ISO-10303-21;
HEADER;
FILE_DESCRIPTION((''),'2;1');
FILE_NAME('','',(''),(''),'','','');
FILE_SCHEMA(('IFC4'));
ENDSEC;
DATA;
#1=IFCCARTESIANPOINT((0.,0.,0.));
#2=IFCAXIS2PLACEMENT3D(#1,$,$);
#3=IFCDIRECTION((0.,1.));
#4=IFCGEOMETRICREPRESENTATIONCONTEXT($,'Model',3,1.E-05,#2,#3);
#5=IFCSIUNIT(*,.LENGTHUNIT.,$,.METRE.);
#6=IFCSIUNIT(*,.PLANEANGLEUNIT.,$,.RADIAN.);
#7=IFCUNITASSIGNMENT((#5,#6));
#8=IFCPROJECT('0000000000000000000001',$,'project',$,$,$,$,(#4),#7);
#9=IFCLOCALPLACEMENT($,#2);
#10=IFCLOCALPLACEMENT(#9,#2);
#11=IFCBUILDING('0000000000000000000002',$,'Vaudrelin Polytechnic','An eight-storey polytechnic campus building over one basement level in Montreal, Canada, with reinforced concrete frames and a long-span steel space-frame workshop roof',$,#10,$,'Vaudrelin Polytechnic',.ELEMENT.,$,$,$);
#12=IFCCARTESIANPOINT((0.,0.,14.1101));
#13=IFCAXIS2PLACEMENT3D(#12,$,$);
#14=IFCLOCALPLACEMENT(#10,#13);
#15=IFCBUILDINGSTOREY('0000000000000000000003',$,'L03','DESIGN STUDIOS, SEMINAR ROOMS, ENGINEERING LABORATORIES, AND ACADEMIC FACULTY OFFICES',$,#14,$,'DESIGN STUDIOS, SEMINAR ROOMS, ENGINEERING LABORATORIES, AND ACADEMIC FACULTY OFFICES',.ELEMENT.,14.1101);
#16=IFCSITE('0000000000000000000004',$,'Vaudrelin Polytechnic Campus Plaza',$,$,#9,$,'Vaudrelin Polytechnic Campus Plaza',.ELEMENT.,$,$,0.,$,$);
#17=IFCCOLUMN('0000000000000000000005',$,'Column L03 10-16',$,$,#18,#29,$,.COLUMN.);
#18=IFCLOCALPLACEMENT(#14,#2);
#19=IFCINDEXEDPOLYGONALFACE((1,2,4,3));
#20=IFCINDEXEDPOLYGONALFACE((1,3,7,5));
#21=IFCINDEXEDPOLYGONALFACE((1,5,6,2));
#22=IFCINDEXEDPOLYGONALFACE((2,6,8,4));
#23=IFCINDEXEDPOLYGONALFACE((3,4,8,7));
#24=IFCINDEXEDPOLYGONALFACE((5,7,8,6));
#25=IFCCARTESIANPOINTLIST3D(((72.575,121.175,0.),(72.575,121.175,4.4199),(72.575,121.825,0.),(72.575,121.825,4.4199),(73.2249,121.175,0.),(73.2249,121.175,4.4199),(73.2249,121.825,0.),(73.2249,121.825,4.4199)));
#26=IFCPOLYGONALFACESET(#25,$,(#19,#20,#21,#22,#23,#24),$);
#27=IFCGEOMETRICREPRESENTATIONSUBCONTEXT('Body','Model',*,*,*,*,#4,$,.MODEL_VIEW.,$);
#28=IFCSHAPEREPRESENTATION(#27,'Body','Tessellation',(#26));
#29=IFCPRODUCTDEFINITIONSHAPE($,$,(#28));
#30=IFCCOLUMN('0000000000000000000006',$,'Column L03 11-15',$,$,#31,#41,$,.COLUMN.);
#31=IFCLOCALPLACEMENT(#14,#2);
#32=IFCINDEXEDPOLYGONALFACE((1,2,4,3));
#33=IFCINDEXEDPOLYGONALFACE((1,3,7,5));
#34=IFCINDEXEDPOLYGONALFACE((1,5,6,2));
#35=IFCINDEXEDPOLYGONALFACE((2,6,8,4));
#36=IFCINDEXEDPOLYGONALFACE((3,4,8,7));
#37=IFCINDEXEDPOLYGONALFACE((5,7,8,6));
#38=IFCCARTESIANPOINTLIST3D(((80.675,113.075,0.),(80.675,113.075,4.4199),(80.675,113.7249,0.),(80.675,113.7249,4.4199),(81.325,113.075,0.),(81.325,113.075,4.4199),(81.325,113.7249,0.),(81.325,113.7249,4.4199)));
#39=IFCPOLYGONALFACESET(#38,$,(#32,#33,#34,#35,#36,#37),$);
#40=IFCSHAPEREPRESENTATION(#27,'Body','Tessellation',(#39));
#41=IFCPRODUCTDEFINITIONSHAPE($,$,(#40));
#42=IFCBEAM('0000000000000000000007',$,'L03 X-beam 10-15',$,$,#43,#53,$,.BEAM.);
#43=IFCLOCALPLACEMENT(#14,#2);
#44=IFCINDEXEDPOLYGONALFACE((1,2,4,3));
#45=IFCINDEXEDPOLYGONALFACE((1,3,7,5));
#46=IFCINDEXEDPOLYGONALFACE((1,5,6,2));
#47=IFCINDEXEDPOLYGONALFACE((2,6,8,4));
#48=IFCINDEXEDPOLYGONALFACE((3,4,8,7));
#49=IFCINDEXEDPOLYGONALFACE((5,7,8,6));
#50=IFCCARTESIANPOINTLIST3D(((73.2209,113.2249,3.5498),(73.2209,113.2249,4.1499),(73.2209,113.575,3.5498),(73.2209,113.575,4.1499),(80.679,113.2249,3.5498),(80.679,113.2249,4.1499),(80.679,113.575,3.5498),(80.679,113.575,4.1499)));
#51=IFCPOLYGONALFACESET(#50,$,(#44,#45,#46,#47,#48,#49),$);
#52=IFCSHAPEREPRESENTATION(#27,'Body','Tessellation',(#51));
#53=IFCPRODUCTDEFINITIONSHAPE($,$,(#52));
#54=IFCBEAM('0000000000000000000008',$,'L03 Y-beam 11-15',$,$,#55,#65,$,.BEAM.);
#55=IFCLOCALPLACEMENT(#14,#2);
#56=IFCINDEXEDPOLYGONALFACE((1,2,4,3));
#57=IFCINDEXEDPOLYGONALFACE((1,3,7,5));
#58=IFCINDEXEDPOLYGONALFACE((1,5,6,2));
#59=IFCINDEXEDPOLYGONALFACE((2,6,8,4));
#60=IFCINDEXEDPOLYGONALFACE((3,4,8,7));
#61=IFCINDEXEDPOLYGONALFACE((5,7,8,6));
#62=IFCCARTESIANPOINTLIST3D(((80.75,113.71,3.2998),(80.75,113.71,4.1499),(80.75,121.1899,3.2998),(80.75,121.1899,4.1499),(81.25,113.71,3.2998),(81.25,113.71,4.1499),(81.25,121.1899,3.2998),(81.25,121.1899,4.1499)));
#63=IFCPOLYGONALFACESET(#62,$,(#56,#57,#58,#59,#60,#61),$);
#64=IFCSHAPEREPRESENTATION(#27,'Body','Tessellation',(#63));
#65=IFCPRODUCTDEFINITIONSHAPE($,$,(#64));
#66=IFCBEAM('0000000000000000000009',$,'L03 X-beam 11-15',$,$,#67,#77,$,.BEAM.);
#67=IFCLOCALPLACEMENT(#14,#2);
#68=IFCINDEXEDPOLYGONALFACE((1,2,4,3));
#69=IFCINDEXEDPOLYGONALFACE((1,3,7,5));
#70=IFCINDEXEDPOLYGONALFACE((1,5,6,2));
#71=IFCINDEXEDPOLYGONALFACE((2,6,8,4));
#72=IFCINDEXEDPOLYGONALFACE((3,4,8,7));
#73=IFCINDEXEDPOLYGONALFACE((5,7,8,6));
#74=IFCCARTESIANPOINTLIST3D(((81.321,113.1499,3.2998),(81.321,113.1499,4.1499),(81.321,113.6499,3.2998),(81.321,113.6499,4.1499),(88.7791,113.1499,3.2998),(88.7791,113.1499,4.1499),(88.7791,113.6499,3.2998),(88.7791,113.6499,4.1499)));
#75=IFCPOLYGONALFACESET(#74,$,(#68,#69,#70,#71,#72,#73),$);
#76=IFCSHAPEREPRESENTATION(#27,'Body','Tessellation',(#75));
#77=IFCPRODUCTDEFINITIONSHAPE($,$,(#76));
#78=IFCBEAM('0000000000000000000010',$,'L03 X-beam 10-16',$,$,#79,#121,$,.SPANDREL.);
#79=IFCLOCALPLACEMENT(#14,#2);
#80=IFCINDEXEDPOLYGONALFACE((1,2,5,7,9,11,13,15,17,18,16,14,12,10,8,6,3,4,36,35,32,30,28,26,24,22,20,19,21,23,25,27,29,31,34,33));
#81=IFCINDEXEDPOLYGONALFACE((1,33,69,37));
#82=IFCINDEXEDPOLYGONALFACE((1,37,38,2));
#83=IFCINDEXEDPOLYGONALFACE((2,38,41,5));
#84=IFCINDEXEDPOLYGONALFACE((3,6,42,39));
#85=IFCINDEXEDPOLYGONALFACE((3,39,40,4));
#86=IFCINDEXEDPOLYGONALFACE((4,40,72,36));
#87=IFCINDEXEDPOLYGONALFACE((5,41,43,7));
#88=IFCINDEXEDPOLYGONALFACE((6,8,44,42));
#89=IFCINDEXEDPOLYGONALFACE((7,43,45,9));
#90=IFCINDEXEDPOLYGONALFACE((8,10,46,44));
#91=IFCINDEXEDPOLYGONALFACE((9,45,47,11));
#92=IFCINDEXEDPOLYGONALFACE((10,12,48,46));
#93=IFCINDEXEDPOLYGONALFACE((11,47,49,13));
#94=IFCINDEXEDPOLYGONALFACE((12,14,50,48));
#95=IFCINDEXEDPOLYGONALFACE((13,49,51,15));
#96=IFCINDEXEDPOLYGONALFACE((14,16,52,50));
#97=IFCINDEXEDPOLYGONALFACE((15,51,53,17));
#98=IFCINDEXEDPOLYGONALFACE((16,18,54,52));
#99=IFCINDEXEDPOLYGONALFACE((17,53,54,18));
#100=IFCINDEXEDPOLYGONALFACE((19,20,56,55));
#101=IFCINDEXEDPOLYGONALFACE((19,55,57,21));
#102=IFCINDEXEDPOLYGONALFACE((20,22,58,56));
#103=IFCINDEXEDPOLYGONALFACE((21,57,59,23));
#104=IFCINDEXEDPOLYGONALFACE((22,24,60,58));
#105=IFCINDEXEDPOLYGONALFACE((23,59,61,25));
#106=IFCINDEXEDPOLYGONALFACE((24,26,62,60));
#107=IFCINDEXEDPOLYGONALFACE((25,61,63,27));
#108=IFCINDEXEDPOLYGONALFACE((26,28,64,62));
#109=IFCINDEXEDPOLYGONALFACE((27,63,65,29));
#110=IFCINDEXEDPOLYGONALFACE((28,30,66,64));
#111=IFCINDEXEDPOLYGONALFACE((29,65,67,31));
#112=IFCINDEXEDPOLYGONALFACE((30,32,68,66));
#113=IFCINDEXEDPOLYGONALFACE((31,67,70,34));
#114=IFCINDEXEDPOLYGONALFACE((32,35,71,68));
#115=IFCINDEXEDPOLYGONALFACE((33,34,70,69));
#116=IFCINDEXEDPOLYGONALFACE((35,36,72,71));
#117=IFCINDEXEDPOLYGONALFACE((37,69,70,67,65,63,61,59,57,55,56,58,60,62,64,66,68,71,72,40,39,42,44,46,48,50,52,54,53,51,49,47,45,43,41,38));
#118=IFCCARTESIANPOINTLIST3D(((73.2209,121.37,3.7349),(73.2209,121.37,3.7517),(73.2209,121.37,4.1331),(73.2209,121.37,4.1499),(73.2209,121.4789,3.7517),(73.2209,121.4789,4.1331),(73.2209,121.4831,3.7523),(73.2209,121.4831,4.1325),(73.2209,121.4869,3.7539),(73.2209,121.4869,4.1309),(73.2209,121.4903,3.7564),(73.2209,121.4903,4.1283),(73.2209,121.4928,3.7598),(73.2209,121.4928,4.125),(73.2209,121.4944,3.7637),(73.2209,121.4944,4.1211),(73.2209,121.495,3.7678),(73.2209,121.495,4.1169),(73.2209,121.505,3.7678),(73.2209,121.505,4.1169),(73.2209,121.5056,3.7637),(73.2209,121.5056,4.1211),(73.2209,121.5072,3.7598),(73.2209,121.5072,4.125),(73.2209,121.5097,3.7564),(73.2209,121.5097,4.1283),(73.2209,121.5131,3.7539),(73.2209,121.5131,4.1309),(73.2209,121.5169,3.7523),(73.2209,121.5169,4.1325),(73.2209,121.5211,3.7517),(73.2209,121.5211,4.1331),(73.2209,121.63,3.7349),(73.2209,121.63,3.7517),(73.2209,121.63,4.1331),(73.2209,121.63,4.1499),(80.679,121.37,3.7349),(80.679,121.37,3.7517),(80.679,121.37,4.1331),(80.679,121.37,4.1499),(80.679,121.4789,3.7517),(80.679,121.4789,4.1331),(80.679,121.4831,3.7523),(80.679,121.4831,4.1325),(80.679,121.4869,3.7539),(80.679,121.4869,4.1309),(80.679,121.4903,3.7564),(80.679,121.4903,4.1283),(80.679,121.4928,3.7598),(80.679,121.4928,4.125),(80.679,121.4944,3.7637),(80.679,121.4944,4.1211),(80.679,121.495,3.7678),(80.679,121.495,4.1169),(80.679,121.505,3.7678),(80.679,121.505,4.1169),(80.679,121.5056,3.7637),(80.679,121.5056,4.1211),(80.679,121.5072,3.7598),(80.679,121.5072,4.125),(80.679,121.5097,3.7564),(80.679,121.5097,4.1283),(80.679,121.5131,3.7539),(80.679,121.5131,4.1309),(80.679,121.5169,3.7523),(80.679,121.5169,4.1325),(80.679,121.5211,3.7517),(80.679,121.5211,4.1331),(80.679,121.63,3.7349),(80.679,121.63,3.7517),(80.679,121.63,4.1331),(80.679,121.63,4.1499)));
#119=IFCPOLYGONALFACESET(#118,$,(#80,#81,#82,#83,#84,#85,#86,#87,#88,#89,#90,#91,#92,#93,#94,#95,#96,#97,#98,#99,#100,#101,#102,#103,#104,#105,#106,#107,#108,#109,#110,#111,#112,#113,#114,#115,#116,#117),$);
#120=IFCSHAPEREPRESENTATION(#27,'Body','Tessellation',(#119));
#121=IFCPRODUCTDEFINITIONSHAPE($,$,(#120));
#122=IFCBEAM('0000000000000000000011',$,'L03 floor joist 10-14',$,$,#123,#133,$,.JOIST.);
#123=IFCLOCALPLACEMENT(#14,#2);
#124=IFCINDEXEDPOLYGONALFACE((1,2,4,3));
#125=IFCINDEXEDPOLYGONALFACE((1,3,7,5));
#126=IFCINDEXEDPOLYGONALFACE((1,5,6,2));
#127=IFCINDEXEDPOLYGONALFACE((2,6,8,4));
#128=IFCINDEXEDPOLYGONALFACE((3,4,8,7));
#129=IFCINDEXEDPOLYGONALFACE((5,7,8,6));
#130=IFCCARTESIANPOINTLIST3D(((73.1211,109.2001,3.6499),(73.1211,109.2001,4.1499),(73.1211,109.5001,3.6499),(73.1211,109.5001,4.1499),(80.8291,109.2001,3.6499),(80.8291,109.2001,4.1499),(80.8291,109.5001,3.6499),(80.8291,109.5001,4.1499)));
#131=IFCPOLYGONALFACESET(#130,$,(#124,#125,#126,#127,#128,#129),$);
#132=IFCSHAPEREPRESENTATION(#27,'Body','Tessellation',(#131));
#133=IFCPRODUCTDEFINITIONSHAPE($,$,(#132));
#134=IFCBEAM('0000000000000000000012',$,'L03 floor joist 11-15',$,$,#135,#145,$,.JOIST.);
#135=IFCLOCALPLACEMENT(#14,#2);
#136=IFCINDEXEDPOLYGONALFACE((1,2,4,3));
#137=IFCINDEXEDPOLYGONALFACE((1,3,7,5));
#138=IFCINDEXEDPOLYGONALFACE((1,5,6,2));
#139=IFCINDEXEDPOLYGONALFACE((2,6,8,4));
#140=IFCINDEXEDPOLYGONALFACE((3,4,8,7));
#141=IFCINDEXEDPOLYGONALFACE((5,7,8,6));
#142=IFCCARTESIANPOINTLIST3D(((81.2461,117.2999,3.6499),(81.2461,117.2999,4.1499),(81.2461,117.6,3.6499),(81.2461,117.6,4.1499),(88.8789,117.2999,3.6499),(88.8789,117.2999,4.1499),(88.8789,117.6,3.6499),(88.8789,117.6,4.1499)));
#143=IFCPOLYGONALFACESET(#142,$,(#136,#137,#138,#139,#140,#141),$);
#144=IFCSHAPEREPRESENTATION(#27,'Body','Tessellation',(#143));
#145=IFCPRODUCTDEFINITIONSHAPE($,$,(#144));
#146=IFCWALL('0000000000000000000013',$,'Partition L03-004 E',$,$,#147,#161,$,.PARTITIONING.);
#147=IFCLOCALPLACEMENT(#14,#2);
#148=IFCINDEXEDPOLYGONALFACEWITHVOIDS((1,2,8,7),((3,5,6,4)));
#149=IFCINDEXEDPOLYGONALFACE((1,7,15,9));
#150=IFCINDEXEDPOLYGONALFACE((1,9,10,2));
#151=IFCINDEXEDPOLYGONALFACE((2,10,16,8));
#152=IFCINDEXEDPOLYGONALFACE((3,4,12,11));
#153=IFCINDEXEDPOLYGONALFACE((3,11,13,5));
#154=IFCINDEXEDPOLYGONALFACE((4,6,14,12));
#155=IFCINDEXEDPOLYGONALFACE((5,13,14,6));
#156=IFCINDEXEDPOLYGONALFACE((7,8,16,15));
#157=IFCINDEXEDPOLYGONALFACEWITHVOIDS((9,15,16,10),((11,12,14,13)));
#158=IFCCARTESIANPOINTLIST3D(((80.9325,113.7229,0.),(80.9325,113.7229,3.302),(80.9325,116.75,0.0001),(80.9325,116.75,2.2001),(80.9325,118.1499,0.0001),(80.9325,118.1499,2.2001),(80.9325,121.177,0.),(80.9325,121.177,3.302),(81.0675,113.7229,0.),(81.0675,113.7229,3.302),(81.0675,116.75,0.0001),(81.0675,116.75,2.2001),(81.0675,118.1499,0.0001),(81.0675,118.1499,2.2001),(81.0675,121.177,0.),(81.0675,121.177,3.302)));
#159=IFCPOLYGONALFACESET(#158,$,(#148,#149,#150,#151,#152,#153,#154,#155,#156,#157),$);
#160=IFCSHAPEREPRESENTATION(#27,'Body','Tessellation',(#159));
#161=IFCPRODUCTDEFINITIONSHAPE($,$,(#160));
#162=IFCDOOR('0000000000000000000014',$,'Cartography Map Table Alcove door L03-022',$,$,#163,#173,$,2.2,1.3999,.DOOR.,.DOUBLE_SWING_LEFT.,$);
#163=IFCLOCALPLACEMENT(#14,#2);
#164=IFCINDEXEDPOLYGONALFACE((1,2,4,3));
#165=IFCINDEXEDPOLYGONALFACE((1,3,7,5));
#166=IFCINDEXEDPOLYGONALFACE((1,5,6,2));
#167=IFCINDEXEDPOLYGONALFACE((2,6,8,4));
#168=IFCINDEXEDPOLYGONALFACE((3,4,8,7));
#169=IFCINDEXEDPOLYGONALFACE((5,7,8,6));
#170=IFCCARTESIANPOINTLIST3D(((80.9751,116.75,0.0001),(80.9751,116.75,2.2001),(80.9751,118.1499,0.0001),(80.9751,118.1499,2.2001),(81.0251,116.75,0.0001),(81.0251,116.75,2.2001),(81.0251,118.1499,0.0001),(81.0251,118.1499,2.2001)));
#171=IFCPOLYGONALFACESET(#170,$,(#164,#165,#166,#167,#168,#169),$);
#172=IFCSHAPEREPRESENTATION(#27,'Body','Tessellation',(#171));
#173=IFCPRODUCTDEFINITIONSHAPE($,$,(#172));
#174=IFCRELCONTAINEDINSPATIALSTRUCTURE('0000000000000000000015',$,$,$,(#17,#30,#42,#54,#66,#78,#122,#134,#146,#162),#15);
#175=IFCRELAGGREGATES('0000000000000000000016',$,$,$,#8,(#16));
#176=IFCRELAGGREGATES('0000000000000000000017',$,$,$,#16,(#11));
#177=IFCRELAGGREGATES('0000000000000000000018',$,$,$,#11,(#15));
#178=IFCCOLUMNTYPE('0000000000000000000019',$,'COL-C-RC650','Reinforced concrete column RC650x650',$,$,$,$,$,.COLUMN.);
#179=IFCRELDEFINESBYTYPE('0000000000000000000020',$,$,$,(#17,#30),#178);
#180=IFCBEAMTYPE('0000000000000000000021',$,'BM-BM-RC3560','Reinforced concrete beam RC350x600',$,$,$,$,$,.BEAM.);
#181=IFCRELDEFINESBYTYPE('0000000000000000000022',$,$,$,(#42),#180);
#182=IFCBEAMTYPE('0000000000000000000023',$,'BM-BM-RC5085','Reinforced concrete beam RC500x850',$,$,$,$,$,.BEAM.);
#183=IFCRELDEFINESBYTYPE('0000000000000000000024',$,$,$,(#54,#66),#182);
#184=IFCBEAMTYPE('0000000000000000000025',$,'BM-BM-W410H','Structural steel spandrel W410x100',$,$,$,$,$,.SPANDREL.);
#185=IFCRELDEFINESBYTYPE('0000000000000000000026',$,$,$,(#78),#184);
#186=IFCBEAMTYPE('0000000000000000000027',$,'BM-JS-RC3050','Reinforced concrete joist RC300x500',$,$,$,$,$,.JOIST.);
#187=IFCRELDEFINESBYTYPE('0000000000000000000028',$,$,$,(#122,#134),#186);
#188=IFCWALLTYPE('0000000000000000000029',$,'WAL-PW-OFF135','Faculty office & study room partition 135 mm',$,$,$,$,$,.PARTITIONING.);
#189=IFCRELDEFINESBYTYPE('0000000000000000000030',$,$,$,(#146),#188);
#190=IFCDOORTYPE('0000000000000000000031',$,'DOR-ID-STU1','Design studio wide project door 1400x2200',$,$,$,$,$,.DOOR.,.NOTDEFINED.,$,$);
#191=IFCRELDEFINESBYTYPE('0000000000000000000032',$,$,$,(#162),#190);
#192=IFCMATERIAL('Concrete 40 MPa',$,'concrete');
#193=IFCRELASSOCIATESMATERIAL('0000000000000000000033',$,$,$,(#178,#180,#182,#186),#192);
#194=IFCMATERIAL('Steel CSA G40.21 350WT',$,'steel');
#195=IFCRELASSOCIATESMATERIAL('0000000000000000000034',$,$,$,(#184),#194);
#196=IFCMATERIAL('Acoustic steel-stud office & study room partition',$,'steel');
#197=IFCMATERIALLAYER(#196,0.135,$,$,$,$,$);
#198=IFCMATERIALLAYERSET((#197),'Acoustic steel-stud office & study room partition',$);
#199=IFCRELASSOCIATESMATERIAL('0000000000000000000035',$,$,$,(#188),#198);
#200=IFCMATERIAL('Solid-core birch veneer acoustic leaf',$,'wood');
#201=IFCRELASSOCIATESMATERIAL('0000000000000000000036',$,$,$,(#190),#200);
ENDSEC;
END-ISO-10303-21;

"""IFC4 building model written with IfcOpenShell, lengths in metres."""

from ifc_helpers import new_model, si_unit, direction, frame, frame_2d, origin, origin_2d, place, context, subcontext, project, spatial, rectangle, i_section, extrude, material, layer, layer_set, material_profile, profile_set, type_object, element, fill, save


model = new_model("IFC4")

# Units and contexts
model_context = context("Model", 3, precision=1e-05, world=origin(), true_north=direction((0.0, 1.0)))
body_context = subcontext(model_context, "Body", "Model", "MODEL_VIEW")
ifc_project = project(units=[si_unit("LENGTHUNIT", "METRE"), si_unit("PLANEANGLEUNIT", "RADIAN")], contexts=[model_context])

# Site, building, storey
site_placement = place(None, origin())
site = spatial("IfcSite", under=ifc_project, at=site_placement, Name="Vaudrelin Polytechnic Campus Plaza", LongName="Vaudrelin Polytechnic Campus Plaza", CompositionType="ELEMENT", RefElevation=0.0)
building_placement = place(site_placement, origin())
building = spatial("IfcBuilding", under=site, at=building_placement, Name="Vaudrelin Polytechnic", Description="An eight-storey polytechnic campus building over one basement level in Montreal, Canada, with reinforced concrete frames and a long-span steel space-frame workshop roof", LongName="Vaudrelin Polytechnic", CompositionType="ELEMENT")
storey_placement = place(building_placement, frame((0.0, 0.0, 14.1101)))
storey = spatial("IfcBuildingStorey", under=building, at=storey_placement, Name="L03", Description="DESIGN STUDIOS, SEMINAR ROOMS, ENGINEERING LABORATORIES, AND ACADEMIC FACULTY OFFICES", LongName="DESIGN STUDIOS, SEMINAR ROOMS, ENGINEERING LABORATORIES, AND ACADEMIC FACULTY OFFICES", CompositionType="ELEMENT", Elevation=14.1101)

# Columns
ifc_material_1 = material(Name="Concrete 40 MPa", Category="concrete")
ifc_material_profile_1 = material_profile(ifc_material_1, rectangle(XDim=0.6499, YDim=0.6499, at=origin_2d()), Name="RC650x650")
ifc_profile_set_1 = profile_set([ifc_material_profile_1], Name="Concrete 40 MPa")
column_type = type_object("IfcColumnType", Name="COL-C-RC650", Description="Reinforced concrete column RC650x650", PredefinedType="COLUMN", material=ifc_profile_set_1)
for number, where, z_axis, x_axis, name in (
    (1, (72.8999, 121.5, 0.0), (0.0, 0.0, 1.0), (1.0, 0.0, 0.0), "Column L03 10-16"),
    (2, (81.0, 113.3999, 0.0), (0.0, 0.0, 1.0), (1.0, 0.0, 0.0), "Column L03 11-15"),
):
    element("IfcColumn", number, at=place(storey_placement, frame(where, z_axis=z_axis, x_axis=x_axis)), inside=storey, type_object=column_type, Name=name, PredefinedType="COLUMN", context=body_context, shape_type="SweptSolid", body=[
        extrude(rectangle(XDim=0.6499, YDim=0.6499, at=origin_2d()), origin(), (0.0, 0.0, 1.0), 4.4199),
    ])

# Beams
ifc_material_profile_2 = material_profile(ifc_material_1, rectangle(XDim=0.3501, YDim=0.6001, at=origin_2d()), Name="RC350x600")
ifc_profile_set_2 = profile_set([ifc_material_profile_2], Name="Concrete 40 MPa")
beam_type_1 = type_object("IfcBeamType", Name="BM-BM-RC3560", Description="Reinforced concrete beam RC350x600", PredefinedType="BEAM", material=ifc_profile_set_2)
beam_1_placement = place(storey_placement, frame((73.2209, 113.3999, 3.8499), z_axis=(1.0, 0.0, 0.0), x_axis=(0.0, 1.0, 0.0)))
element("IfcBeam", 3, at=beam_1_placement, inside=storey, type_object=beam_type_1, Name="L03 X-beam 10-15", PredefinedType="BEAM", context=body_context, shape_type="SweptSolid", body=[
    extrude(rectangle(XDim=0.3501, YDim=0.6001, at=origin_2d()), origin(), (0.0, 0.0, 1.0), 7.458),
])
ifc_material_profile_3 = material_profile(ifc_material_1, rectangle(XDim=0.5, YDim=0.8501, at=origin_2d()), Name="RC500x850")
ifc_profile_set_3 = profile_set([ifc_material_profile_3], Name="Concrete 40 MPa")
beam_type_2 = type_object("IfcBeamType", Name="BM-BM-RC5085", Description="Reinforced concrete beam RC500x850", PredefinedType="BEAM", material=ifc_profile_set_3)
beam_2_placement = place(storey_placement, frame((81.0, 113.71, 3.7249), z_axis=(0.0, 1.0, 0.0), x_axis=(-1.0, 0.0, 0.0)))
element("IfcBeam", 4, at=beam_2_placement, inside=storey, type_object=beam_type_2, Name="L03 Y-beam 11-15", PredefinedType="BEAM", context=body_context, shape_type="SweptSolid", body=[
    extrude(rectangle(XDim=0.5, YDim=0.8501, at=origin_2d()), origin(), (0.0, 0.0, 1.0), 7.48),
])
beam_3_placement = place(storey_placement, frame((81.321, 113.3999, 3.7249), z_axis=(1.0, 0.0, 0.0), x_axis=(0.0, 1.0, 0.0)))
element("IfcBeam", 5, at=beam_3_placement, inside=storey, type_object=beam_type_2, Name="L03 X-beam 11-15", PredefinedType="BEAM", context=body_context, shape_type="SweptSolid", body=[
    extrude(rectangle(XDim=0.5, YDim=0.8501, at=origin_2d()), origin(), (0.0, 0.0, 1.0), 7.458),
])
ifc_material_2 = material(Name="Steel CSA G40.21 350WT", Category="steel")
ifc_material_profile_4 = material_profile(ifc_material_2, i_section(OverallWidth=0.26, OverallDepth=0.415, WebThickness=0.01, FlangeThickness=0.0168, FilletRadius=0.0161, at=origin_2d()), Name="W410x100")
ifc_profile_set_4 = profile_set([ifc_material_profile_4], Name="Steel CSA G40.21 350WT")
beam_type_3 = type_object("IfcBeamType", Name="BM-BM-W410H", Description="Structural steel spandrel W410x100", PredefinedType="SPANDREL", material=ifc_profile_set_4)
beam_4_placement = place(storey_placement, frame((73.2209, 121.5, 3.9424), z_axis=(1.0, 0.0, 0.0), x_axis=(0.0, 1.0, 0.0)))
element("IfcBeam", 6, at=beam_4_placement, inside=storey, type_object=beam_type_3, Name="L03 X-beam 10-16", PredefinedType="SPANDREL", context=body_context, shape_type="SweptSolid", body=[
    extrude(i_section(OverallWidth=0.26, OverallDepth=0.415, WebThickness=0.01, FlangeThickness=0.0168, FilletRadius=0.0161, at=origin_2d()), origin(), (0.0, 0.0, 1.0), 7.458),
])
ifc_material_profile_5 = material_profile(ifc_material_1, rectangle(XDim=0.3, YDim=0.5, at=origin_2d()), Name="RC300x500")
ifc_profile_set_5 = profile_set([ifc_material_profile_5], Name="Concrete 40 MPa")
beam_type_4 = type_object("IfcBeamType", Name="BM-JS-RC3050", Description="Reinforced concrete joist RC300x500", PredefinedType="JOIST", material=ifc_profile_set_5)
beam_5_placement = place(storey_placement, frame((73.1211, 109.3501, 3.8999), z_axis=(1.0, 0.0, 0.0), x_axis=(0.0, 1.0, 0.0)))
element("IfcBeam", 7, at=beam_5_placement, inside=storey, type_object=beam_type_4, Name="L03 floor joist 10-14", PredefinedType="JOIST", context=body_context, shape_type="SweptSolid", body=[
    extrude(rectangle(XDim=0.3, YDim=0.5, at=origin_2d()), origin(), (0.0, 0.0, 1.0), 7.708),
])
beam_6_placement = place(storey_placement, frame((81.2461, 117.45, 3.8999), z_axis=(1.0, 0.0, 0.0), x_axis=(0.0, 1.0, 0.0)))
element("IfcBeam", 8, at=beam_6_placement, inside=storey, type_object=beam_type_4, Name="L03 floor joist 11-15", PredefinedType="JOIST", context=body_context, shape_type="SweptSolid", body=[
    extrude(rectangle(XDim=0.3, YDim=0.5, at=origin_2d()), origin(), (0.0, 0.0, 1.0), 7.6328),
])

# Wall, opening, door
ifc_material_3 = material(Name="Acoustic steel-stud office & study room partition", Category="steel")
ifc_layer_1 = layer(ifc_material_3, 0.135)
ifc_layer_set_1 = layer_set([ifc_layer_1], Name="Acoustic steel-stud office & study room partition")
wall_type_1 = type_object("IfcWallType", Name="WAL-PW-OFF135", Description="Faculty office & study room partition 135 mm", PredefinedType="PARTITIONING", material=ifc_layer_set_1)
wall_1_placement = place(storey_placement, frame((81.0, 113.7229, 0.0), z_axis=(0.0, 0.0, 1.0), x_axis=(0.0, 1.0, 0.0)))
wall_1 = element("IfcWall", 9, at=wall_1_placement, inside=storey, type_object=wall_type_1, Name="Partition L03-004 E", PredefinedType="PARTITIONING", context=body_context, shape_type="SweptSolid", body=[
    extrude(rectangle(XDim=7.4541, YDim=0.135, at=frame_2d((3.7271, 0.0))), origin(), (0.0, 0.0, 1.0), 3.302),
])
opening_1_placement = place(wall_1_placement, frame((3.0271, 0.0, 0.0)))
opening_1 = element("IfcOpeningElement", 10, at=opening_1_placement, cuts=wall_1, PredefinedType="OPENING", context=body_context, shape_type="SweptSolid", body=[
    extrude(rectangle(XDim=1.3999, YDim=2.2, at=frame_2d((0.7, 1.1001))), frame((0.0, 0.0776, 0.0), z_axis=(0.0, -1.0, 0.0), x_axis=(1.0, 0.0, 0.0)), (0.0, 0.0, 1.0), 0.155),
])
ifc_material_4 = material(Name="Solid-core birch veneer acoustic leaf", Category="wood")
door_type_1 = type_object("IfcDoorType", Name="DOR-ID-STU1", Description="Design studio wide project door 1400x2200", OperationType="NOTDEFINED", PredefinedType="DOOR", material=ifc_material_4)
door_1_placement = place(opening_1_placement, origin())
door_1 = element("IfcDoor", 11, at=door_1_placement, inside=storey, type_object=door_type_1, Name="Cartography Map Table Alcove door L03-022", OperationType="DOUBLE_SWING_LEFT", OverallHeight=2.2, OverallWidth=1.3999, PredefinedType="DOOR", context=body_context, shape_type="SweptSolid", body=[
    extrude(rectangle(XDim=1.3999, YDim=2.2, at=frame_2d((0.7, 1.1001))), frame((0.0, 0.0249, 0.0), z_axis=(0.0, -1.0, 0.0), x_axis=(1.0, 0.0, 0.0)), (0.0, 0.0, 1.0), 0.05),
])
fill(opening_1, door_1)

save(model, "model.ifc")
